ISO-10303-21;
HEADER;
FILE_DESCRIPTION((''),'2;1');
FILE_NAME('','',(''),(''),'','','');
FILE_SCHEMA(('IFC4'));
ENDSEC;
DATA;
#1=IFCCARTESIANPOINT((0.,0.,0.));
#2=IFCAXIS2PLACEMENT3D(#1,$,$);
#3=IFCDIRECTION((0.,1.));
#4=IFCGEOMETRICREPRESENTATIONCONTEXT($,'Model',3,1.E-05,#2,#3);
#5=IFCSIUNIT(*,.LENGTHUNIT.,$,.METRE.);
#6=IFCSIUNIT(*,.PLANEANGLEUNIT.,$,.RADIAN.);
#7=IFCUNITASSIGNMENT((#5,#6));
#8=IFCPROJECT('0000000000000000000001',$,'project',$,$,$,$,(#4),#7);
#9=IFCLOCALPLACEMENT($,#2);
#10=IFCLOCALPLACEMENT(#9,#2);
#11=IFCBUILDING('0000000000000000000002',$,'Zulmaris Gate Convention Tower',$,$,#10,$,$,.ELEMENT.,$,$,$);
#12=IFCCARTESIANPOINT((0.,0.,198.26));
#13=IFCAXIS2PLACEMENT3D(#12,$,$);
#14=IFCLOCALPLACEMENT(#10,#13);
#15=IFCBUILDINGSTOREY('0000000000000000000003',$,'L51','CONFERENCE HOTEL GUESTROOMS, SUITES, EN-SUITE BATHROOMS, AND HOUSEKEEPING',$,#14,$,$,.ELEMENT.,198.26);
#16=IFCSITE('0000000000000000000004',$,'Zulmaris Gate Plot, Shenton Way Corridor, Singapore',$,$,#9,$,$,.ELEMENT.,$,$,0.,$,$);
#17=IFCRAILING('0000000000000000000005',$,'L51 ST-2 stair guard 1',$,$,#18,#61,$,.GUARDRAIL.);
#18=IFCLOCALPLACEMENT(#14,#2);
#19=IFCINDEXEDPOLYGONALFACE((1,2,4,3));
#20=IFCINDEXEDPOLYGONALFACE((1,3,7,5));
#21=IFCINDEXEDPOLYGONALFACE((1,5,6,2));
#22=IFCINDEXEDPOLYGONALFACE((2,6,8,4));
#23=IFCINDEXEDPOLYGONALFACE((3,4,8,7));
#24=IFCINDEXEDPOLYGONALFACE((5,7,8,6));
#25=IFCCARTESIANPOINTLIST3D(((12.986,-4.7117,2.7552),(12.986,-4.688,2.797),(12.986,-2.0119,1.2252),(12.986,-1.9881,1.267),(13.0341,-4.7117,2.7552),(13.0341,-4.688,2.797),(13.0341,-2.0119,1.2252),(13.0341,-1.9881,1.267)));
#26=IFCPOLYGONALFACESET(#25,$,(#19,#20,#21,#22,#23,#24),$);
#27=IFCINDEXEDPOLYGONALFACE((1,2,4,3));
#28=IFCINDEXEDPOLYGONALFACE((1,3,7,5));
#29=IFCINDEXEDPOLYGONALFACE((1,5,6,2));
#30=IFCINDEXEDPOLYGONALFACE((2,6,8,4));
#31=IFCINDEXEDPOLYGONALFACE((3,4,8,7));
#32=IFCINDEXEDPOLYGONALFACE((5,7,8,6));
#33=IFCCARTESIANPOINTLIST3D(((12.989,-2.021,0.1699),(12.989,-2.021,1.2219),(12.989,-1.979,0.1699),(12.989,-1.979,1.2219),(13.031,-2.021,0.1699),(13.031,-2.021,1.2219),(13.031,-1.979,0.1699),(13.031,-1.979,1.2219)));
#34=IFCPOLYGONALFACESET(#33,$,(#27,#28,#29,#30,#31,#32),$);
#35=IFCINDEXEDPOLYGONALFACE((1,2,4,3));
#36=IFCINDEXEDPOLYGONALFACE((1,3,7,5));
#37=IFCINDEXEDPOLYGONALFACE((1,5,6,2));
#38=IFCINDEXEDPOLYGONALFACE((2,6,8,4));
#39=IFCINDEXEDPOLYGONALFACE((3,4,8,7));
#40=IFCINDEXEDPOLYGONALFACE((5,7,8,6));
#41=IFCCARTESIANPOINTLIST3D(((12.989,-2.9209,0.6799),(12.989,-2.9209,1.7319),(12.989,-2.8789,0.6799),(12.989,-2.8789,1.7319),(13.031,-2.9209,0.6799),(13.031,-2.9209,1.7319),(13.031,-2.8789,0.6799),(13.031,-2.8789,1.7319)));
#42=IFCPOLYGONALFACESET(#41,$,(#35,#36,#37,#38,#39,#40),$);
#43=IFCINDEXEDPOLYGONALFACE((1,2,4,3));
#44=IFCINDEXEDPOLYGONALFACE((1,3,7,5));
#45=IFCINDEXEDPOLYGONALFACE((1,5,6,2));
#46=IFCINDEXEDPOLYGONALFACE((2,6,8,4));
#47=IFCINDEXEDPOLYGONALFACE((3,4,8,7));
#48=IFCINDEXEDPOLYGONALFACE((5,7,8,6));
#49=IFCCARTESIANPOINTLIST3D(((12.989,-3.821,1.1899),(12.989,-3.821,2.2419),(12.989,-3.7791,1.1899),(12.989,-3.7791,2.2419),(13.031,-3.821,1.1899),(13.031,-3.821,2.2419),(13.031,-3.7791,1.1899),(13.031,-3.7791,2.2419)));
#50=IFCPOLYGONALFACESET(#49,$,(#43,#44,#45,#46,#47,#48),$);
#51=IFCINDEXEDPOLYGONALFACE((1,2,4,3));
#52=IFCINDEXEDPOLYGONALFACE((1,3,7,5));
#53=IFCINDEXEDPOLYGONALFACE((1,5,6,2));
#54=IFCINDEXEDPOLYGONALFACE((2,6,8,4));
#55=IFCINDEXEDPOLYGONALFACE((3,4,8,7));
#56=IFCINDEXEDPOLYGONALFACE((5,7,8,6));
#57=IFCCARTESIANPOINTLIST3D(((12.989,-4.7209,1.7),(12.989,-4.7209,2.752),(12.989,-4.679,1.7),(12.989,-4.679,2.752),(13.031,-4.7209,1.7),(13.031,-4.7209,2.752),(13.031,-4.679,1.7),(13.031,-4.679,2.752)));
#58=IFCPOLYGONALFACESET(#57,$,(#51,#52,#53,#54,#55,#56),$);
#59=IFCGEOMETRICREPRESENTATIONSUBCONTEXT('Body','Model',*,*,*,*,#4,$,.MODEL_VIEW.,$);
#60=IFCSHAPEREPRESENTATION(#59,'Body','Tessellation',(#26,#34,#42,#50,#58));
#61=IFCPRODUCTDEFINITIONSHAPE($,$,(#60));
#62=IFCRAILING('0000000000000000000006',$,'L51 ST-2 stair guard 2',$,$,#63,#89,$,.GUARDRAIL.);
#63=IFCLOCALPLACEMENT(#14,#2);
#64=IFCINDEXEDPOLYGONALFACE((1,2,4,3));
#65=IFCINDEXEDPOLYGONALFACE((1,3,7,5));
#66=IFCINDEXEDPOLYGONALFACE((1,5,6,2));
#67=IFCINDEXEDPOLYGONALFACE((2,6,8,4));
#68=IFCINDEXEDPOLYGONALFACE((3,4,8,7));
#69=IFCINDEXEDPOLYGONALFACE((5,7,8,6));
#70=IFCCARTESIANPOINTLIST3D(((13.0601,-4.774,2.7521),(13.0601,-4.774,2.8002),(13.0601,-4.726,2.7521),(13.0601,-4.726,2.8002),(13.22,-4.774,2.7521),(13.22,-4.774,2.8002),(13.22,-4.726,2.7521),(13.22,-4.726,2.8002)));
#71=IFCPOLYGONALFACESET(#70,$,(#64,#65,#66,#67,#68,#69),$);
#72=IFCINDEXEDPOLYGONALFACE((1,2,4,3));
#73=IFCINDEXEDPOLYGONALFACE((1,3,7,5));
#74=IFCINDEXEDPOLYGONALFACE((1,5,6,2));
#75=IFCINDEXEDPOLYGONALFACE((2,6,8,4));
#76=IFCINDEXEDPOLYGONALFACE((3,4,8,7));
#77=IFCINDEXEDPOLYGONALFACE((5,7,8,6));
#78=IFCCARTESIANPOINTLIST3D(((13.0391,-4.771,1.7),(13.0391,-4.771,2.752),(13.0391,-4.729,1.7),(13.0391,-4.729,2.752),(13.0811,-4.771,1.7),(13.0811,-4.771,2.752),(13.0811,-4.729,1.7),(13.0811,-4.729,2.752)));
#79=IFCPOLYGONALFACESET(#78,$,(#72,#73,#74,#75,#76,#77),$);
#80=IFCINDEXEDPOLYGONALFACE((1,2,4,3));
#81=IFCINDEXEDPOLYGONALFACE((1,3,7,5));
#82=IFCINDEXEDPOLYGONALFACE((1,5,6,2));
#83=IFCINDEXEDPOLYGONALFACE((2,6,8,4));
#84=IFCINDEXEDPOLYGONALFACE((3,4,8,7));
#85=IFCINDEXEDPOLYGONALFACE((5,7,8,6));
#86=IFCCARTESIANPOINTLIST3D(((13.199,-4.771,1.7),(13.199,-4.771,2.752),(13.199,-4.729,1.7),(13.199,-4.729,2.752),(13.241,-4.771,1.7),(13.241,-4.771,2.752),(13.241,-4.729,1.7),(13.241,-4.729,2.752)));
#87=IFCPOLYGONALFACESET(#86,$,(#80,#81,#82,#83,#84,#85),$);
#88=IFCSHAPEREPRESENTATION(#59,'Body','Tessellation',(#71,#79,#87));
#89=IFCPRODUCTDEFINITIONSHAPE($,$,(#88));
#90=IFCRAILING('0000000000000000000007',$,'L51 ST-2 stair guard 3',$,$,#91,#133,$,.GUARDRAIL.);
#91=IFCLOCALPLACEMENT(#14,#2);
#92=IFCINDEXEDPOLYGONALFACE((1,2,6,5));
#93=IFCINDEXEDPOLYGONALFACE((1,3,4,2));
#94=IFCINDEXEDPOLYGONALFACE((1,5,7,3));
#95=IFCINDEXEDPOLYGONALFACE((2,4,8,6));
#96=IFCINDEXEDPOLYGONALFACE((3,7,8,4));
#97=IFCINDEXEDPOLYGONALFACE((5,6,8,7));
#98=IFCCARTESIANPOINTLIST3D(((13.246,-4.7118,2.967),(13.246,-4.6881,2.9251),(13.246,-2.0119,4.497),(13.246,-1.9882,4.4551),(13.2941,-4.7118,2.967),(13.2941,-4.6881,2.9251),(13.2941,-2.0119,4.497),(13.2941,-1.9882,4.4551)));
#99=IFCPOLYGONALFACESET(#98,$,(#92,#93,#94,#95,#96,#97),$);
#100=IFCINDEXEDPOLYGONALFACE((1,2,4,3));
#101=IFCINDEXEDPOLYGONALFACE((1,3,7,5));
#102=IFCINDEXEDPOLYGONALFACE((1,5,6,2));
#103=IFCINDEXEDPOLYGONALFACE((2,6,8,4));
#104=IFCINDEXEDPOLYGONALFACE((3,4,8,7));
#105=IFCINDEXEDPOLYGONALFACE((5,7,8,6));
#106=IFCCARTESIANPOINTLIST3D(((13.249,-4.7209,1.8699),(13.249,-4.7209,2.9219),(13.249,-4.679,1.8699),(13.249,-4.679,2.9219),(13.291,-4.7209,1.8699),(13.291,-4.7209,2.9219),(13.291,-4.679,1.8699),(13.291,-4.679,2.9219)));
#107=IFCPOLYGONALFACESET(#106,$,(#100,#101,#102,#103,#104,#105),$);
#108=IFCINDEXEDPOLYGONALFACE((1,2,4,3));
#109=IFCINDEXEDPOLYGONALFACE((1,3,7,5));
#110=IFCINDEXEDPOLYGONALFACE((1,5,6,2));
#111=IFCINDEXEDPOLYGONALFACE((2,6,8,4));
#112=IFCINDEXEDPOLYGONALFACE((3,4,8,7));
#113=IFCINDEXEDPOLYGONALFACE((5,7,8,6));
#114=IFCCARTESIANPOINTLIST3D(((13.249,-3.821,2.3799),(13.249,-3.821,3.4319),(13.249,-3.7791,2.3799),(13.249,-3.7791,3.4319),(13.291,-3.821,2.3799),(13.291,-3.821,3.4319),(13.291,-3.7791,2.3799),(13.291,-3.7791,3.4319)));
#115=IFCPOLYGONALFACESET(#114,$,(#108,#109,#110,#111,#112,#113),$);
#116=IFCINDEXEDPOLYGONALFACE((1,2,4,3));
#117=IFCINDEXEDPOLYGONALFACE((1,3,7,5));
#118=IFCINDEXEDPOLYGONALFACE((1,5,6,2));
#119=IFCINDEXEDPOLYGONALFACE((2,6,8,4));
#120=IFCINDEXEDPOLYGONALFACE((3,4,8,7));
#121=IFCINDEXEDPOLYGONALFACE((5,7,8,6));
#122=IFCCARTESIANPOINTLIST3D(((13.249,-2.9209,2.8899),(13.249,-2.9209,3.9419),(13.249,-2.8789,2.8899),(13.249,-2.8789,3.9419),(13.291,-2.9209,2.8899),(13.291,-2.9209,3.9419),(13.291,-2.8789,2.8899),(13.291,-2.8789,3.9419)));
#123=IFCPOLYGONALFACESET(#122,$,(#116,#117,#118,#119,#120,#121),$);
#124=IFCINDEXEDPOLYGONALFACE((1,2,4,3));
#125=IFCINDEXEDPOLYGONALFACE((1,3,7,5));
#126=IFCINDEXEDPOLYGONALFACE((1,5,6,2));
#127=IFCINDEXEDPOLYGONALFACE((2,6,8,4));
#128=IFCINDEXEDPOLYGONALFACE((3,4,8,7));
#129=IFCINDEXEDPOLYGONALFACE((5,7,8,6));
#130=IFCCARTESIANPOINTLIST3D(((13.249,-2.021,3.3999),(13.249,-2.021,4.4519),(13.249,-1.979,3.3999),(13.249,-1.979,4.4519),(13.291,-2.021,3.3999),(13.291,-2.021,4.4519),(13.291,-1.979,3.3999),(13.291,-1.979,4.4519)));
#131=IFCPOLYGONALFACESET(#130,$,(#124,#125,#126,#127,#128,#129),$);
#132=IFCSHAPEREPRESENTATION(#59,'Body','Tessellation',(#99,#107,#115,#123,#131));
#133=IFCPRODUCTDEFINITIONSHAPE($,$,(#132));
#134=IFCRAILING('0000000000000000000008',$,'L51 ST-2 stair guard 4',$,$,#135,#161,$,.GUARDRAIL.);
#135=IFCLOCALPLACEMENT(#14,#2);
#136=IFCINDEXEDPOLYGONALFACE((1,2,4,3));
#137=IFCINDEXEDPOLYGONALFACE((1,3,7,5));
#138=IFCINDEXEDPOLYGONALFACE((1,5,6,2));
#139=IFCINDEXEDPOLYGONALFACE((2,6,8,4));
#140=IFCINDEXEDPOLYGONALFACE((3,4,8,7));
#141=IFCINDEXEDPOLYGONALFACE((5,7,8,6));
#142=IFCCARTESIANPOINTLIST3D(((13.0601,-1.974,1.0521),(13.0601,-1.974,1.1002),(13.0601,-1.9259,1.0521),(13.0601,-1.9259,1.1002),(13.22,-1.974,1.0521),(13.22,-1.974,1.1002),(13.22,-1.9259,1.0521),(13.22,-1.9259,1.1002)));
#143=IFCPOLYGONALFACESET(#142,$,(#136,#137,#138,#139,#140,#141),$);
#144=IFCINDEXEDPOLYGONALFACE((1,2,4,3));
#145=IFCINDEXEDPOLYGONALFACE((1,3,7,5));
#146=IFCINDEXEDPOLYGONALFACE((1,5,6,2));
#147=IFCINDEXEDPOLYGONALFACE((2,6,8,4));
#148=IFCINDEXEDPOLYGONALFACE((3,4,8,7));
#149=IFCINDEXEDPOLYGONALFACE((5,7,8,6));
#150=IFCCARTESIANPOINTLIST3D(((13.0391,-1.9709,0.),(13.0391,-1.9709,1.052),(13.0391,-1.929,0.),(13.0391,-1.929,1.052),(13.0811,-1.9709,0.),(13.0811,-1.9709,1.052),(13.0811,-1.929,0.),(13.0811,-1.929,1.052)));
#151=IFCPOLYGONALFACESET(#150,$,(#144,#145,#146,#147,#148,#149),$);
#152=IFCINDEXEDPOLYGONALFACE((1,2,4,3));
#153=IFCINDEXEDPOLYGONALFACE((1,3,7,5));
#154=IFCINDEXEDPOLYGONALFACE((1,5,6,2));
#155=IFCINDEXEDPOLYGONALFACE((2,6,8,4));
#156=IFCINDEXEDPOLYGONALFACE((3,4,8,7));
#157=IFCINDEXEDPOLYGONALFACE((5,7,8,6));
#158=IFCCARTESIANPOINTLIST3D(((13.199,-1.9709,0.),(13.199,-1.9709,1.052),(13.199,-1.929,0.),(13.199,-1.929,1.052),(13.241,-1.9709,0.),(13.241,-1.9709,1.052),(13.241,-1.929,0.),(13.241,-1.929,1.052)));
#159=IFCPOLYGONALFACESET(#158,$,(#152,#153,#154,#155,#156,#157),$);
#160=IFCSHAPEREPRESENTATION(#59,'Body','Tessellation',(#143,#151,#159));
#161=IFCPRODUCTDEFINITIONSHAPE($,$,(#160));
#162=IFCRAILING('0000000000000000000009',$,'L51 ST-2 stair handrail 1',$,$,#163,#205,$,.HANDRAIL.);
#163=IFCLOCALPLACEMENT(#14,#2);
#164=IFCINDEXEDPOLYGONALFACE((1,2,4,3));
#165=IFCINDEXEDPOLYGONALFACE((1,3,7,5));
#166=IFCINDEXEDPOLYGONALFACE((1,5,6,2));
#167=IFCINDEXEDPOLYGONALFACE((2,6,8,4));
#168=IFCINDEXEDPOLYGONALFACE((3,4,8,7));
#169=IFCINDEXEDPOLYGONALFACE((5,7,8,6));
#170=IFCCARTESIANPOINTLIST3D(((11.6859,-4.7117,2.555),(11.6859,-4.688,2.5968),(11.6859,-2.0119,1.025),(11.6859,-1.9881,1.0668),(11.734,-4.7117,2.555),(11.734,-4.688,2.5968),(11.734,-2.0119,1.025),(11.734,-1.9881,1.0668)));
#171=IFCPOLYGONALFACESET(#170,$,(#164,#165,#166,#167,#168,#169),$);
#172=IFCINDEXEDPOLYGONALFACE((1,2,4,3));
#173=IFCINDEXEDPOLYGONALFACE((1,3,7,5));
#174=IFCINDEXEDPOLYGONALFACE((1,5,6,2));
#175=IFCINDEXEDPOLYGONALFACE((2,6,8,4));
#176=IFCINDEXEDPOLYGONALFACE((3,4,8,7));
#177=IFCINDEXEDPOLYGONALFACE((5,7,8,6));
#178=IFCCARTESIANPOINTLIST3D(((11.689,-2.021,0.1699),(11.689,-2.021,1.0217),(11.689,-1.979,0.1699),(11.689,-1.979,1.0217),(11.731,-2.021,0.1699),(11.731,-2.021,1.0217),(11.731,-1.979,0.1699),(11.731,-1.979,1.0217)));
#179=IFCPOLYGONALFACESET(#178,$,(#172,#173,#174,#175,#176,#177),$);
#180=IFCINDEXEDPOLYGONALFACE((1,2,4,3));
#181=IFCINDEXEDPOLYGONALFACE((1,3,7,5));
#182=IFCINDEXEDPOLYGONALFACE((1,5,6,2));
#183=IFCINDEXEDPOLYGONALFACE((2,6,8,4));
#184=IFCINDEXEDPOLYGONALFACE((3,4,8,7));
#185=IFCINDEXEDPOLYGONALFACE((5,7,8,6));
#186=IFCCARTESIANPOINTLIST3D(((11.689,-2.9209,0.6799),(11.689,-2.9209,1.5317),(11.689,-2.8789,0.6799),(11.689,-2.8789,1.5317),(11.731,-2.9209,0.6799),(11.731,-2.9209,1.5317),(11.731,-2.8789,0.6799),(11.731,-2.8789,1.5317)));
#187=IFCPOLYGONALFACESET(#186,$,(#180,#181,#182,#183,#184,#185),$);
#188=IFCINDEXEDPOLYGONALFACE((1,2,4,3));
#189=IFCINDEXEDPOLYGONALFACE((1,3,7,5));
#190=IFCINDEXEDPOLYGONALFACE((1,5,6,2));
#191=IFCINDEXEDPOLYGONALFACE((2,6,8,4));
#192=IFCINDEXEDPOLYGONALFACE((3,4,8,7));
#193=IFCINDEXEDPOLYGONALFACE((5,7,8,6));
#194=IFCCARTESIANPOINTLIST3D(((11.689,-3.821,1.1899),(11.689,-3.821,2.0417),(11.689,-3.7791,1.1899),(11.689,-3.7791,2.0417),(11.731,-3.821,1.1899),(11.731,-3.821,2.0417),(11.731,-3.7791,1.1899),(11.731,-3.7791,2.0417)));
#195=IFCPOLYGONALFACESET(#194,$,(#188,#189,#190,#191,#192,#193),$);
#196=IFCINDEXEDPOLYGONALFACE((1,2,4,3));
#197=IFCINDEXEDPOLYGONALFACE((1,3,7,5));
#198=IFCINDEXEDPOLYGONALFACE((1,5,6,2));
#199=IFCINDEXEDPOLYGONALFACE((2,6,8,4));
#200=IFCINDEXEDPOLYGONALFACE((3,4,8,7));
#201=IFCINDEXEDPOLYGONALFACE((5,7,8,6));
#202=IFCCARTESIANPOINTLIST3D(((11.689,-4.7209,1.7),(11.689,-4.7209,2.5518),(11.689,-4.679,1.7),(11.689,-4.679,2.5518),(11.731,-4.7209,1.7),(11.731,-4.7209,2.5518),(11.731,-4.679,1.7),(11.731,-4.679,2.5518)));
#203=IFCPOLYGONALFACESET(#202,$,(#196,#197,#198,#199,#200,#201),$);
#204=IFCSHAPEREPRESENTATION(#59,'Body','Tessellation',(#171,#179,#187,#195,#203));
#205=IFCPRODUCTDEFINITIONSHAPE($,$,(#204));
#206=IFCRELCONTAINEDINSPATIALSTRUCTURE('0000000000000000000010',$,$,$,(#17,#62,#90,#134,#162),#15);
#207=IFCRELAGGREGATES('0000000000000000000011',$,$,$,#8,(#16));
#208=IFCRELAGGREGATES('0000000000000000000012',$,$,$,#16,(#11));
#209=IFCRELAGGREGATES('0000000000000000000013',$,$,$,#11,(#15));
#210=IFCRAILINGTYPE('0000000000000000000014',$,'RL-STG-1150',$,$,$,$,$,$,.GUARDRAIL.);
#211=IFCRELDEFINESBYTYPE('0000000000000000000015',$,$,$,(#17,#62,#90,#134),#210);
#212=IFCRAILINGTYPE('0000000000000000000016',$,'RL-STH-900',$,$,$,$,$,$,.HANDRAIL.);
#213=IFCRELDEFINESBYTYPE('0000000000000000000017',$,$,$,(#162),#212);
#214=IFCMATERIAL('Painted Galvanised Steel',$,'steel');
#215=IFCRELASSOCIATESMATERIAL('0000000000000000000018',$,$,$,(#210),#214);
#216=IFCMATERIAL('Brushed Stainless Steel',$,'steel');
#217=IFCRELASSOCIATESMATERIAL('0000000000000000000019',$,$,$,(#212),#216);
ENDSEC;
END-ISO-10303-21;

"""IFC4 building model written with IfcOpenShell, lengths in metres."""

from ifc_helpers import new_model, si_unit, direction, frame, origin, origin_2d, place, context, subcontext, project, spatial, rectangle, extrude, material, type_object, element, save


model = new_model("IFC4")

# Units and contexts
model_context = context("Model", 3, precision=1e-05, world=origin(), true_north=direction((0.0, 1.0)))
body_context = subcontext(model_context, "Body", "Model", "MODEL_VIEW")
ifc_project = project(units=[si_unit("LENGTHUNIT", "METRE"), si_unit("PLANEANGLEUNIT", "RADIAN")], contexts=[model_context])

# Site, building, storey
site_placement = place(None, origin())
site = spatial("IfcSite", under=ifc_project, at=site_placement, Name="Zulmaris Gate Plot, Shenton Way Corridor, Singapore", CompositionType="ELEMENT", RefElevation=0.0)
building_placement = place(site_placement, origin())
building = spatial("IfcBuilding", under=site, at=building_placement, Name="Zulmaris Gate Convention Tower", CompositionType="ELEMENT")
storey_placement = place(building_placement, frame((0.0, 0.0, 198.26)))
storey = spatial("IfcBuildingStorey", under=building, at=storey_placement, Name="L51", Description="CONFERENCE HOTEL GUESTROOMS, SUITES, EN-SUITE BATHROOMS, AND HOUSEKEEPING", CompositionType="ELEMENT", Elevation=198.26)

# Railings
ifc_material_1 = material(Name="Painted Galvanised Steel", Category="steel")
railing_type_1 = type_object("IfcRailingType", Name="RL-STG-1150", PredefinedType="GUARDRAIL", material=ifc_material_1)
railing_1_placement = place(storey_placement, frame((13.01, -2.0, 0.1699)))
element("IfcRailing", 1, at=railing_1_placement, inside=storey, type_object=railing_type_1, Name="L51 ST-2 stair guard 1", PredefinedType="GUARDRAIL", context=body_context, shape_type="SweptSolid", body=[
    extrude(rectangle(XDim=0.0481, YDim=0.0481, at=origin_2d()), frame((0.0, 0.0, 1.0762), z_axis=(0.0, -0.870014, 0.493026), x_axis=(1.0, 0.0, 0.0)), (0.0, 0.0, 1.0), 3.1033),
    extrude(rectangle(XDim=0.042, YDim=0.042, at=origin_2d()), origin(), (0.0, 0.0, 1.0), 1.052),
    extrude(rectangle(XDim=0.042, YDim=0.042, at=origin_2d()), frame((0.0, -0.8999, 0.51)), (0.0, 0.0, 1.0), 1.052),
    extrude(rectangle(XDim=0.042, YDim=0.042, at=origin_2d()), frame((0.0, -1.8, 1.02)), (0.0, 0.0, 1.0), 1.052),
    extrude(rectangle(XDim=0.042, YDim=0.042, at=origin_2d()), frame((0.0, -2.7, 1.53)), (0.0, 0.0, 1.0), 1.052),
])
railing_2_placement = place(storey_placement, frame((13.0601, -4.75, 1.7)))
element("IfcRailing", 2, at=railing_2_placement, inside=storey, type_object=railing_type_1, Name="L51 ST-2 stair guard 2", PredefinedType="GUARDRAIL", context=body_context, shape_type="SweptSolid", body=[
    extrude(rectangle(XDim=0.0481, YDim=0.0481, at=origin_2d()), frame((0.0, 0.0, 1.0762), z_axis=(1.0, 0.0, 0.0), x_axis=(0.0, 1.0, 0.0)), (0.0, 0.0, 1.0), 0.1599),
    extrude(rectangle(XDim=0.042, YDim=0.042, at=origin_2d()), origin(), (0.0, 0.0, 1.0), 1.052),
    extrude(rectangle(XDim=0.042, YDim=0.042, at=origin_2d()), frame((0.1599, 0.0, 0.0)), (0.0, 0.0, 1.0), 1.052),
])
railing_3_placement = place(storey_placement, frame((13.27, -4.7, 1.8699)))
element("IfcRailing", 3, at=railing_3_placement, inside=storey, type_object=railing_type_1, Name="L51 ST-2 stair guard 3", PredefinedType="GUARDRAIL", context=body_context, shape_type="SweptSolid", body=[
    extrude(rectangle(XDim=0.0481, YDim=0.0481, at=origin_2d()), frame((0.0, 0.0, 1.0762), z_axis=(0.0, 0.870014, 0.493026), x_axis=(-1.0, 0.0, 0.0)), (0.0, 0.0, 1.0), 3.1033),
    extrude(rectangle(XDim=0.042, YDim=0.042, at=origin_2d()), origin(), (0.0, 0.0, 1.0), 1.052),
    extrude(rectangle(XDim=0.042, YDim=0.042, at=origin_2d()), frame((0.0, 0.8999, 0.51)), (0.0, 0.0, 1.0), 1.052),
    extrude(rectangle(XDim=0.042, YDim=0.042, at=origin_2d()), frame((0.0, 1.8, 1.02)), (0.0, 0.0, 1.0), 1.052),
    extrude(rectangle(XDim=0.042, YDim=0.042, at=origin_2d()), frame((0.0, 2.7, 1.53)), (0.0, 0.0, 1.0), 1.052),
])
railing_4_placement = place(storey_placement, frame((13.0601, -1.95, 0.0)))
element("IfcRailing", 4, at=railing_4_placement, inside=storey, type_object=railing_type_1, Name="L51 ST-2 stair guard 4", PredefinedType="GUARDRAIL", context=body_context, shape_type="SweptSolid", body=[
    extrude(rectangle(XDim=0.0481, YDim=0.0481, at=origin_2d()), frame((0.0, 0.0, 1.0762), z_axis=(1.0, 0.0, 0.0), x_axis=(0.0, 1.0, 0.0)), (0.0, 0.0, 1.0), 0.1599),
    extrude(rectangle(XDim=0.042, YDim=0.042, at=origin_2d()), origin(), (0.0, 0.0, 1.0), 1.052),
    extrude(rectangle(XDim=0.042, YDim=0.042, at=origin_2d()), frame((0.1599, 0.0, 0.0)), (0.0, 0.0, 1.0), 1.052),
])
ifc_material_2 = material(Name="Brushed Stainless Steel", Category="steel")
railing_type_2 = type_object("IfcRailingType", Name="RL-STH-900", PredefinedType="HANDRAIL", material=ifc_material_2)
railing_5_placement = place(storey_placement, frame((11.71, -2.0, 0.1699)))
element("IfcRailing", 5, at=railing_5_placement, inside=storey, type_object=railing_type_2, Name="L51 ST-2 stair handrail 1", PredefinedType="HANDRAIL", context=body_context, shape_type="SweptSolid", body=[
    extrude(rectangle(XDim=0.0481, YDim=0.0481, at=origin_2d()), frame((0.0, 0.0, 0.876), z_axis=(0.0, -0.870014, 0.493026), x_axis=(1.0, 0.0, 0.0)), (0.0, 0.0, 1.0), 3.1033),
    extrude(rectangle(XDim=0.042, YDim=0.042, at=origin_2d()), origin(), (0.0, 0.0, 1.0), 0.8518),
    extrude(rectangle(XDim=0.042, YDim=0.042, at=origin_2d()), frame((0.0, -0.8999, 0.51)), (0.0, 0.0, 1.0), 0.8518),
    extrude(rectangle(XDim=0.042, YDim=0.042, at=origin_2d()), frame((0.0, -1.8, 1.02)), (0.0, 0.0, 1.0), 0.8518),
    extrude(rectangle(XDim=0.042, YDim=0.042, at=origin_2d()), frame((0.0, -2.7, 1.53)), (0.0, 0.0, 1.0), 0.8518),
])

save(model, "model.ifc")
